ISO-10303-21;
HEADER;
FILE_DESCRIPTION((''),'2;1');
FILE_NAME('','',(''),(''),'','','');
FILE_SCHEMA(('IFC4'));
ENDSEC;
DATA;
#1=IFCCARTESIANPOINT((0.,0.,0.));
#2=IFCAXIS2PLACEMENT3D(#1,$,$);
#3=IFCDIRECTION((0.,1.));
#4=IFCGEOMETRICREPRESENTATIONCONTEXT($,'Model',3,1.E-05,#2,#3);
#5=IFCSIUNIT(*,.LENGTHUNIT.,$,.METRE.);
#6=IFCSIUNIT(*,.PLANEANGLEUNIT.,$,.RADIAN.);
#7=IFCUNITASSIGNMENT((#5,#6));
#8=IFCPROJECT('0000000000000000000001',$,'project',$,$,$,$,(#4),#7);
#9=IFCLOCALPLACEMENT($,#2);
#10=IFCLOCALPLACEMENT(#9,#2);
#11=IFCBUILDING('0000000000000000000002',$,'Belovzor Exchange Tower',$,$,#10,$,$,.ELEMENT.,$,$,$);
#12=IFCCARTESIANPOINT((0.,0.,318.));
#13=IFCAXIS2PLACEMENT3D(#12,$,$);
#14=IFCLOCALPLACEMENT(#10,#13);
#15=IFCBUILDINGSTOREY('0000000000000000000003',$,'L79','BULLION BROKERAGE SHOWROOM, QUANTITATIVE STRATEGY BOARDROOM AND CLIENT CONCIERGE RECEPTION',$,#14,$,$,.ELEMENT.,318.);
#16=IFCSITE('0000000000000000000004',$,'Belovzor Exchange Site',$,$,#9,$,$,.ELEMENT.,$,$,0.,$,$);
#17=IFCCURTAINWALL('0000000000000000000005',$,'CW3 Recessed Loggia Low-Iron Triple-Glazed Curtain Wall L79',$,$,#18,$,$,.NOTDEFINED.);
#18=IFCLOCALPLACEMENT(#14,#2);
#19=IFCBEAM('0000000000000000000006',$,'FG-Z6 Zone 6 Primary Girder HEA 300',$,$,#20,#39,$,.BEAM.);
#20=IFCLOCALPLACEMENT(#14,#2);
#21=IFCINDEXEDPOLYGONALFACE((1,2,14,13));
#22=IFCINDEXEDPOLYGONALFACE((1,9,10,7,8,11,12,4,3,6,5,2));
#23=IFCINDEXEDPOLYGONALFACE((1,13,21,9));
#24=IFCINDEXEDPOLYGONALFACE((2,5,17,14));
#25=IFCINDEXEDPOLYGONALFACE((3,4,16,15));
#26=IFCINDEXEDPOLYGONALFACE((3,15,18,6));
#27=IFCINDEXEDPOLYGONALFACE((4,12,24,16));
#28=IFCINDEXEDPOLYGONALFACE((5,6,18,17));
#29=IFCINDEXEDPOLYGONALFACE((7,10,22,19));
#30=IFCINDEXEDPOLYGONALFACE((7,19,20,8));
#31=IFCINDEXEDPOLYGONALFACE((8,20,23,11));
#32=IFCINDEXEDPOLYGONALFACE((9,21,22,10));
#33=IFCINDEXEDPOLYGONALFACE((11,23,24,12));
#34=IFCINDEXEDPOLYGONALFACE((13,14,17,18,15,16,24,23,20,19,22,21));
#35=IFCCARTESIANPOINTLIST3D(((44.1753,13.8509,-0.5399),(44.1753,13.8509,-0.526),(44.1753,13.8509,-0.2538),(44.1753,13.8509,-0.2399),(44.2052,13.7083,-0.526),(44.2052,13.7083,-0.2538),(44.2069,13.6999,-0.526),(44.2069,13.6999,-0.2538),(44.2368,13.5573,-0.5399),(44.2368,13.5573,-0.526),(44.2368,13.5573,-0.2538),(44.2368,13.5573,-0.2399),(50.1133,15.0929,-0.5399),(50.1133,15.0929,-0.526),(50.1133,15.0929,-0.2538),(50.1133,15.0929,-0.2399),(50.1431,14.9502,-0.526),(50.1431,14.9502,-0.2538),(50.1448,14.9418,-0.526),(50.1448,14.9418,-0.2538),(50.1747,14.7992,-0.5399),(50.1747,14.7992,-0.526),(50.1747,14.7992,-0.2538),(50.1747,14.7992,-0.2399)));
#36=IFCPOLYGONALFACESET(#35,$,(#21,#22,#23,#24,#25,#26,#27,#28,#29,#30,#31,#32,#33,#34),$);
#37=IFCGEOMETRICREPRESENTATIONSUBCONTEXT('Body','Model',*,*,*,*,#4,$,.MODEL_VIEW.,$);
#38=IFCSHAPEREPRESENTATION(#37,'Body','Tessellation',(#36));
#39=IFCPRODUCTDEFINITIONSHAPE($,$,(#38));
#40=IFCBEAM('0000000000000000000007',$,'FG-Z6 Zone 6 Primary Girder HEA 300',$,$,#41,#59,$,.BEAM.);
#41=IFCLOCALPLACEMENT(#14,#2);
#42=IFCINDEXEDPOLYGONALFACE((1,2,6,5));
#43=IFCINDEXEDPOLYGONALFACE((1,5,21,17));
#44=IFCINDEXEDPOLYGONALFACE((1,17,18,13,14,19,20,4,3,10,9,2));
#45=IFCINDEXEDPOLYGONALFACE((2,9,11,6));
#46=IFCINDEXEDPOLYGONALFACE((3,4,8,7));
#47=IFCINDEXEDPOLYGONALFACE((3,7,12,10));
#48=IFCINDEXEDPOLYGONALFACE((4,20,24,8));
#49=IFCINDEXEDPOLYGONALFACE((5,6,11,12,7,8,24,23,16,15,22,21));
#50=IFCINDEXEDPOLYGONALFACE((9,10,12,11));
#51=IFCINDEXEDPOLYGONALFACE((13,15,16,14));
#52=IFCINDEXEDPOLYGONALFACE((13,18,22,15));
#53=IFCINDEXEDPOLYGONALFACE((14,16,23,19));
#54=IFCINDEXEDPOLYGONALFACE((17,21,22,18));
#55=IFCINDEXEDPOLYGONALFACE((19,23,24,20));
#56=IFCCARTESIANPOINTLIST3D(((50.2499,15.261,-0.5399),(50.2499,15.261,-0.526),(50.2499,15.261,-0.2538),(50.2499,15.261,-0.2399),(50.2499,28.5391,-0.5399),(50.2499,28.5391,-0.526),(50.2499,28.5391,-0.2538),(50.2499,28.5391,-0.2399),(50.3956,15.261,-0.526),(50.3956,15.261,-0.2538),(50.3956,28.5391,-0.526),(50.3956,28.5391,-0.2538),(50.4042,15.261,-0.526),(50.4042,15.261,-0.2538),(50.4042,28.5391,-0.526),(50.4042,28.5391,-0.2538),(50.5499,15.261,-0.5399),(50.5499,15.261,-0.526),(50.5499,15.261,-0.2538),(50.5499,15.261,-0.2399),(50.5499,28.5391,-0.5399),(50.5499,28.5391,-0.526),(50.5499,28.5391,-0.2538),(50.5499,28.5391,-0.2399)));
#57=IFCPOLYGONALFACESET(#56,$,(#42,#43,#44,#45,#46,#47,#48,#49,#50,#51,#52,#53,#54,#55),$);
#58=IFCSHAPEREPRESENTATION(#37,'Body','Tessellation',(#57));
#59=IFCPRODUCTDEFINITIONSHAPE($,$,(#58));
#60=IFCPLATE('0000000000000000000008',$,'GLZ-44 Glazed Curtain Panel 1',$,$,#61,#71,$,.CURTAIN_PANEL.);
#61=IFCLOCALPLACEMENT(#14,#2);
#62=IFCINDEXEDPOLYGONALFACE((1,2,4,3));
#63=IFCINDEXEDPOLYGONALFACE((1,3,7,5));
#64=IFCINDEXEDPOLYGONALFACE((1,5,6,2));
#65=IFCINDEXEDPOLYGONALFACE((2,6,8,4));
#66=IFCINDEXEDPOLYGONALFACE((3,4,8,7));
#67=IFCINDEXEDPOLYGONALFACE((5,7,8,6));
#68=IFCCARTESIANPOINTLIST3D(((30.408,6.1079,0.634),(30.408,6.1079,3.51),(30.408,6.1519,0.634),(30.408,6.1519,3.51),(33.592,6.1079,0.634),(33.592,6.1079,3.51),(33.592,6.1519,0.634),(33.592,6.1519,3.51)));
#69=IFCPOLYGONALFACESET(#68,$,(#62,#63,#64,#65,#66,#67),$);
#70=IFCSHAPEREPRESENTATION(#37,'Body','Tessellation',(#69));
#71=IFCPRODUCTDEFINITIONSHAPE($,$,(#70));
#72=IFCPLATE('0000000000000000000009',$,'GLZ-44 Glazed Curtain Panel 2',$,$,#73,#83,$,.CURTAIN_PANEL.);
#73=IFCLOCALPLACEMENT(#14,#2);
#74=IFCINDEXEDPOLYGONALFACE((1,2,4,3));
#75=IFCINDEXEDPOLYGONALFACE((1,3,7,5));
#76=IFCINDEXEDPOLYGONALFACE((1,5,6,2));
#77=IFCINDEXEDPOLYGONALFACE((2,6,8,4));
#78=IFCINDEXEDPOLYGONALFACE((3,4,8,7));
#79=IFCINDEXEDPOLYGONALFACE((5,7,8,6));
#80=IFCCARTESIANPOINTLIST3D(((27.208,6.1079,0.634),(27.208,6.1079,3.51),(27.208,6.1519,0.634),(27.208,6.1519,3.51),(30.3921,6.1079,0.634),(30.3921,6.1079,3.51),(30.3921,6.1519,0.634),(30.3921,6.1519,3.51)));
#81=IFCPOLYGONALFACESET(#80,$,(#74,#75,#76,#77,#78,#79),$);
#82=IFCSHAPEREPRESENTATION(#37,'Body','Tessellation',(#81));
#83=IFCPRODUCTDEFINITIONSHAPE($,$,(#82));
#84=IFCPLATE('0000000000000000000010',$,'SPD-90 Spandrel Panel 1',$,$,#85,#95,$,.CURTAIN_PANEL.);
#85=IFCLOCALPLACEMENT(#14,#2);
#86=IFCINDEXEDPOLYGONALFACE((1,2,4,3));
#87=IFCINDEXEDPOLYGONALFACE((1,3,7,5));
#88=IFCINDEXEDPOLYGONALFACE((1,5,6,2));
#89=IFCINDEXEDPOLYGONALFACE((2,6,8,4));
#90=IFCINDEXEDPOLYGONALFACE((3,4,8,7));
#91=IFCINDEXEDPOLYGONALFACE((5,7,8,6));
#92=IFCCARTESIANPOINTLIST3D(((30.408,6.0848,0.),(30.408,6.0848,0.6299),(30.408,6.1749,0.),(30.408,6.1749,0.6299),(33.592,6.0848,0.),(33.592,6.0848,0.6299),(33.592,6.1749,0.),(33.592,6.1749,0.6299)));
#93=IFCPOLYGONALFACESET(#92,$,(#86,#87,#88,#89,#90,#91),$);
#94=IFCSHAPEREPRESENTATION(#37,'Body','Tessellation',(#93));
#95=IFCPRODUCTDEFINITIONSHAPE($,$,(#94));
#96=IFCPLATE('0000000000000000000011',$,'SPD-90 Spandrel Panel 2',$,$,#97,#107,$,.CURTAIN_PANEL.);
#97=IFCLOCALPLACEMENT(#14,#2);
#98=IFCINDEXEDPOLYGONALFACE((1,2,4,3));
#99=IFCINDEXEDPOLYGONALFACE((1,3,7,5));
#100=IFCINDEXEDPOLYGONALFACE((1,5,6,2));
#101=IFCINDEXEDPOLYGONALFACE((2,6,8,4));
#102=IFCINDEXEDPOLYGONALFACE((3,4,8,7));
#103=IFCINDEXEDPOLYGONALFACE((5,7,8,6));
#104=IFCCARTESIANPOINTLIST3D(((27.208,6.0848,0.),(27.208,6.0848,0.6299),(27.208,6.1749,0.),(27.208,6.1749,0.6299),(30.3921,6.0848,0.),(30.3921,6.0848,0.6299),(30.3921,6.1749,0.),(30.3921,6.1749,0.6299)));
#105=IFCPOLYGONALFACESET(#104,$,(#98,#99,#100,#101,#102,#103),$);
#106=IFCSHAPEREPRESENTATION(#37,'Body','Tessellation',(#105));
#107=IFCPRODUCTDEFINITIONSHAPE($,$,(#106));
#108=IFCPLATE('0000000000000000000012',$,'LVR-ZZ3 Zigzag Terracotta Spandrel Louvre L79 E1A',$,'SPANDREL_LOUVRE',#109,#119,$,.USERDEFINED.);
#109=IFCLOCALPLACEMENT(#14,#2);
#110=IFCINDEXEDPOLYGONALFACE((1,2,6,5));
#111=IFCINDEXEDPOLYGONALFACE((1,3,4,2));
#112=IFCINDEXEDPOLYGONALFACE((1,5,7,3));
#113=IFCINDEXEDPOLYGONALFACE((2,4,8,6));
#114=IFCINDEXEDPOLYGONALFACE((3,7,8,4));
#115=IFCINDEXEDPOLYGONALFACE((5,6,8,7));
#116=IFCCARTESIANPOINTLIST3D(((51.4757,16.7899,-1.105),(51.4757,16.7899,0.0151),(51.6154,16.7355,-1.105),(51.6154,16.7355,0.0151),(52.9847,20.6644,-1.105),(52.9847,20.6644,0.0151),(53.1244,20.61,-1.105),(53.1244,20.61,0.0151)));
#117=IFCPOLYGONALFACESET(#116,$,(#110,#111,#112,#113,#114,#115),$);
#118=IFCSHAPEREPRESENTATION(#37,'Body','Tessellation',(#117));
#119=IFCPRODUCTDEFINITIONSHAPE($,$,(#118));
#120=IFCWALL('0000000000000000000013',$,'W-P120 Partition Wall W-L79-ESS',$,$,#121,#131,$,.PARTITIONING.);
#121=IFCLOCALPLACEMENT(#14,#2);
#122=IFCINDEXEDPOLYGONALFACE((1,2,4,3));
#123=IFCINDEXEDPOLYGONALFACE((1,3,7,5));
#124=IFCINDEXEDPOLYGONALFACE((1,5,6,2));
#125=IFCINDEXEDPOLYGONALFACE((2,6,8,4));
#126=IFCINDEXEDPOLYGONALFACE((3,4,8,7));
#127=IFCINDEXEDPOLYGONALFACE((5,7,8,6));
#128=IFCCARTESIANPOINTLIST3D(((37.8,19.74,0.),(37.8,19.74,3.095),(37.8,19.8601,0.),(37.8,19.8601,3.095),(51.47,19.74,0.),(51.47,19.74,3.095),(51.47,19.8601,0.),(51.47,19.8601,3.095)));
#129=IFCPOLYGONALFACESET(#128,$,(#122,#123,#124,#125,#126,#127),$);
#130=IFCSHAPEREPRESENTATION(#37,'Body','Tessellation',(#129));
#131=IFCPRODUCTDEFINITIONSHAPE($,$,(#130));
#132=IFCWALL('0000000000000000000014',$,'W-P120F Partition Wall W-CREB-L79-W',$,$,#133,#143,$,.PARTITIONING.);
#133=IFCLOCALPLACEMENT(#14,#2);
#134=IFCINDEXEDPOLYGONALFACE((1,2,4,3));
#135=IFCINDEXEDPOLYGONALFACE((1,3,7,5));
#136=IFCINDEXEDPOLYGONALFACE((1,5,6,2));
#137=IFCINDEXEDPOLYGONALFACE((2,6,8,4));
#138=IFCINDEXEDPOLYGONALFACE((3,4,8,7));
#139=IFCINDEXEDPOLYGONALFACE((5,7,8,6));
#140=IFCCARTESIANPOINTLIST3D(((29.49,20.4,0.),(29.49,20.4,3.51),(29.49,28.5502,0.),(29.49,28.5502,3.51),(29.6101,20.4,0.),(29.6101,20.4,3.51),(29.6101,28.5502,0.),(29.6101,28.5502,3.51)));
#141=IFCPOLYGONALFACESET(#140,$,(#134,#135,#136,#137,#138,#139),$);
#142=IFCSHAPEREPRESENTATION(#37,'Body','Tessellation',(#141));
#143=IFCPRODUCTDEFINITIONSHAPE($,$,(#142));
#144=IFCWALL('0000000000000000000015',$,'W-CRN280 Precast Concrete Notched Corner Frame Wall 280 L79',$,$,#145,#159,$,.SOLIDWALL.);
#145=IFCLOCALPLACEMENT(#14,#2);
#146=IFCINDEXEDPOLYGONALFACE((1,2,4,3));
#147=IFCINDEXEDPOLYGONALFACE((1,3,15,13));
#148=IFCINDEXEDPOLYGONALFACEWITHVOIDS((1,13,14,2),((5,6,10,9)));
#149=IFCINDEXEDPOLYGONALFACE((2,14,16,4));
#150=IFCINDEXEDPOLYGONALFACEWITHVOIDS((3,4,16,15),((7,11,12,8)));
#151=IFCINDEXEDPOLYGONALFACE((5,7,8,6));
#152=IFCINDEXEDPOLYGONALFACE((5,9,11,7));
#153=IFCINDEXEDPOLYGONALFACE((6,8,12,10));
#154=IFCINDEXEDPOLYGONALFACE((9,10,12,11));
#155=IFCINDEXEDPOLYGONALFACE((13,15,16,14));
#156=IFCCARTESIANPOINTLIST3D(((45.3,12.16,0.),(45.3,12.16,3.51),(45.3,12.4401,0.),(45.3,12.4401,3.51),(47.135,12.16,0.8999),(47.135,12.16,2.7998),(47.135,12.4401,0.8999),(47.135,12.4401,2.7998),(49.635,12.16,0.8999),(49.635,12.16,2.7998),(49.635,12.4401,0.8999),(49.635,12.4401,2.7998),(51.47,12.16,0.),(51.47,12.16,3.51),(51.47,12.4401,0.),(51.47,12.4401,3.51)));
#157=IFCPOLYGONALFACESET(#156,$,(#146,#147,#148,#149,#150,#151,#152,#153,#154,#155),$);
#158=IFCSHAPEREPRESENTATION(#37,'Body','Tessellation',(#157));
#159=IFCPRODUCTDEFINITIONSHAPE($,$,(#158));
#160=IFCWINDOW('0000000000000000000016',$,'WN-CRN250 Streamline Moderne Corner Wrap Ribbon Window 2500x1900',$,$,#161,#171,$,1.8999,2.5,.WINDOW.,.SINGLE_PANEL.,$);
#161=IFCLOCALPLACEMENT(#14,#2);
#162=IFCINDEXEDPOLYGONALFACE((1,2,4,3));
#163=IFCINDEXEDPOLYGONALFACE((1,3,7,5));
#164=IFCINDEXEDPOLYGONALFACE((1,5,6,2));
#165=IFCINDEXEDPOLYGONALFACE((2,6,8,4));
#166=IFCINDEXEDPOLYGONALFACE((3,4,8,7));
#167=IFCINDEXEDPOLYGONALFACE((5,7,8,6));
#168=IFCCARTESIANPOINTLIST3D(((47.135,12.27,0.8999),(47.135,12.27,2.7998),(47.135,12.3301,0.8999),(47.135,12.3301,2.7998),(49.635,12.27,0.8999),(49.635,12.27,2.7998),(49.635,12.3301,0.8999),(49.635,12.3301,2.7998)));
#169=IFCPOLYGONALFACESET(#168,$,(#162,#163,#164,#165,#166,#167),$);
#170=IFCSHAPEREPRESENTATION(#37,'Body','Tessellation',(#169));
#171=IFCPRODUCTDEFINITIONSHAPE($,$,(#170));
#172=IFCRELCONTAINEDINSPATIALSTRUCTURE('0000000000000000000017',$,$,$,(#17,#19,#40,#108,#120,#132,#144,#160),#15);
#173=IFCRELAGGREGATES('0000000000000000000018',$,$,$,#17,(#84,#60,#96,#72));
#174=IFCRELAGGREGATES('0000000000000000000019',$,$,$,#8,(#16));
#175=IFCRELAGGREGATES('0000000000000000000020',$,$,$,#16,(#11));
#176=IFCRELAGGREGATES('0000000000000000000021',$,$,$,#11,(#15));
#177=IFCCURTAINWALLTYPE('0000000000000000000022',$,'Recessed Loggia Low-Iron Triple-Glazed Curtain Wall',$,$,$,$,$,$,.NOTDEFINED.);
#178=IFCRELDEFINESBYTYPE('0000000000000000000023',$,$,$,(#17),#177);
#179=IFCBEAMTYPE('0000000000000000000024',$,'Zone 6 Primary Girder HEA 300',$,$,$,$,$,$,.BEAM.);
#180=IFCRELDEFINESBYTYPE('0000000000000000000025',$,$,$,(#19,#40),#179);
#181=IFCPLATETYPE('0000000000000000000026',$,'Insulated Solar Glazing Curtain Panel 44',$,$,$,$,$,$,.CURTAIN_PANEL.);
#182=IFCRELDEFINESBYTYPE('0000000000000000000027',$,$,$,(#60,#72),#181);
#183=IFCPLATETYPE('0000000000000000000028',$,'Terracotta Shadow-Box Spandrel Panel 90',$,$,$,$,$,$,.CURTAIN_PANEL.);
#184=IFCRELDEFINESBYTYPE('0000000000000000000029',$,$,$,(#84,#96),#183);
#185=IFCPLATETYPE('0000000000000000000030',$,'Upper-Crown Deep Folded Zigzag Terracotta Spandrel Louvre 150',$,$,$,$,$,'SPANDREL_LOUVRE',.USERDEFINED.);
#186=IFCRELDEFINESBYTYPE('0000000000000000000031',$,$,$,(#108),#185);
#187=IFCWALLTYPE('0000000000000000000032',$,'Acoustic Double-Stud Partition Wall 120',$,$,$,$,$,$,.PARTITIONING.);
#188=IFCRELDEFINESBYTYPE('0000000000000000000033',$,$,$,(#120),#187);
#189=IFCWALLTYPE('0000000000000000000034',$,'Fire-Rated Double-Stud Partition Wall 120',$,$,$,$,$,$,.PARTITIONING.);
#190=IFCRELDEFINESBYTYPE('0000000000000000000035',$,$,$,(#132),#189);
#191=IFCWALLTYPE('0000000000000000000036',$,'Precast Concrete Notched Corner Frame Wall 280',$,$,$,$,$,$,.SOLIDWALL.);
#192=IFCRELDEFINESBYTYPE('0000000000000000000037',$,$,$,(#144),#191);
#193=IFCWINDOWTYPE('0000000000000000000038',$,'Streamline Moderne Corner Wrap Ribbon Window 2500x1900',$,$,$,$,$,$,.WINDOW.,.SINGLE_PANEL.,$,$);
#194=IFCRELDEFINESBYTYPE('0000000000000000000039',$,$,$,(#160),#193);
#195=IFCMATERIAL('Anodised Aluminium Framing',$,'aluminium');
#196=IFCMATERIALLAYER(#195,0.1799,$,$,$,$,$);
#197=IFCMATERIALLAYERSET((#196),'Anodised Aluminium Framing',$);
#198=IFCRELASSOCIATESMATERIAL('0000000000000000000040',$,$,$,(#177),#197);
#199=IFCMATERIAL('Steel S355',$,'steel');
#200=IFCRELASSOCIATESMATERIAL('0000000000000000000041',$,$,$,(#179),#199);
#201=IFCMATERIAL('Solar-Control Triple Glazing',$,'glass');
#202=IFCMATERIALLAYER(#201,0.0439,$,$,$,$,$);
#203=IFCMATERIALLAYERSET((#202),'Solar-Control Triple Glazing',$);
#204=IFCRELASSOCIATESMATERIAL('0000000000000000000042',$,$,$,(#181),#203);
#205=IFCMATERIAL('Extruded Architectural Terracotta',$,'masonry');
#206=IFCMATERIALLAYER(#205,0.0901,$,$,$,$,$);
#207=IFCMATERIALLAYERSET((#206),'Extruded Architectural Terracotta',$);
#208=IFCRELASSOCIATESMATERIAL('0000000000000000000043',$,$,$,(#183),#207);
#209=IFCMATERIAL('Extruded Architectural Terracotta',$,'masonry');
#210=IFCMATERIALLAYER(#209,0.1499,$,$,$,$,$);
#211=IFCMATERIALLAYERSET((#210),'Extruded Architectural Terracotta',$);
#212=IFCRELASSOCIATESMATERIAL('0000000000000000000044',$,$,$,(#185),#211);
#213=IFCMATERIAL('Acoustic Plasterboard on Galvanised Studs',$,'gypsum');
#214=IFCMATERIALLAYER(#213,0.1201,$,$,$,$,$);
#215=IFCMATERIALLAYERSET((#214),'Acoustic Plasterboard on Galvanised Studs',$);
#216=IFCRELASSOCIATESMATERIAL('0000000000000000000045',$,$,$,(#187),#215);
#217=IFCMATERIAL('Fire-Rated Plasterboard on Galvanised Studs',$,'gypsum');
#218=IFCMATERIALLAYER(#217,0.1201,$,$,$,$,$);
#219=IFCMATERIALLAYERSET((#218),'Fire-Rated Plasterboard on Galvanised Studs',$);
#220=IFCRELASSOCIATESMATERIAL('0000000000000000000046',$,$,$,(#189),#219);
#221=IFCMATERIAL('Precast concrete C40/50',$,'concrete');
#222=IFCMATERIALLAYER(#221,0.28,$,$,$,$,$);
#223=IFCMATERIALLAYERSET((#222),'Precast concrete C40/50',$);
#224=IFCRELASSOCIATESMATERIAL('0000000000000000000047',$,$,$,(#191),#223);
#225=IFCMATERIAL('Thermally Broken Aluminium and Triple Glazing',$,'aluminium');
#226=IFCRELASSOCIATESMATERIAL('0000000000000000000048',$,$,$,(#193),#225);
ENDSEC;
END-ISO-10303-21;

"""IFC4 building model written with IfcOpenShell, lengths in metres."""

from ifc_helpers import new_model, si_unit, direction, frame, frame_2d, origin, origin_2d, place, context, subcontext, project, spatial, rectangle, i_section, extrude, material, layer, layer_set, material_profile, profile_set, type_object, element, fill, aggregate, save


model = new_model("IFC4")

# Units and contexts
model_context = context("Model", 3, precision=1e-05, world=origin(), true_north=direction((0.0, 1.0)))
body_context = subcontext(model_context, "Body", "Model", "MODEL_VIEW")
ifc_project = project(units=[si_unit("LENGTHUNIT", "METRE"), si_unit("PLANEANGLEUNIT", "RADIAN")], contexts=[model_context])

# Site, building, storey
site_placement = place(None, origin())
site = spatial("IfcSite", under=ifc_project, at=site_placement, Name="Belovzor Exchange Site", CompositionType="ELEMENT", RefElevation=0.0)
building_placement = place(site_placement, origin())
building = spatial("IfcBuilding", under=site, at=building_placement, Name="Belovzor Exchange Tower", CompositionType="ELEMENT")
storey_placement = place(building_placement, frame((0.0, 0.0, 318.0)))
storey = spatial("IfcBuildingStorey", under=building, at=storey_placement, Name="L79", Description="BULLION BROKERAGE SHOWROOM, QUANTITATIVE STRATEGY BOARDROOM AND CLIENT CONCIERGE RECEPTION", CompositionType="ELEMENT", Elevation=318.0)

# Curtain wall
ifc_material_1 = material(Name="Anodised Aluminium Framing", Category="aluminium")
ifc_layer_1 = layer(ifc_material_1, 0.1799)
ifc_layer_set_1 = layer_set([ifc_layer_1], Name="Anodised Aluminium Framing")
curtain_wall_type = type_object("IfcCurtainWallType", Name="Recessed Loggia Low-Iron Triple-Glazed Curtain Wall", PredefinedType="NOTDEFINED", material=ifc_layer_set_1)
curtain_wall_placement = place(storey_placement, origin())
curtain_wall = element("IfcCurtainWall", 1, at=curtain_wall_placement, inside=storey, type_object=curtain_wall_type, Name="CW3 Recessed Loggia Low-Iron Triple-Glazed Curtain Wall L79", PredefinedType="NOTDEFINED")

# Beams
ifc_material_2 = material(Name="Steel S355", Category="steel")
ifc_material_profile_1 = material_profile(ifc_material_2, i_section(OverallWidth=0.3, OverallDepth=0.3, WebThickness=0.0085, FlangeThickness=0.0139, at=origin_2d()))
ifc_profile_set_1 = profile_set([ifc_material_profile_1], Name="Steel S355")
beam_type_1 = type_object("IfcBeamType", Name="Zone 6 Primary Girder HEA 300", PredefinedType="BEAM", material=ifc_profile_set_1)
for number, where, z_axis, x_axis, name in (
    (2, (44.2061, 13.7041, -0.3899), (0.97882, 0.204722, 0.0), (-0.204722, 0.97882, 0.0), "FG-Z6 Zone 6 Primary Girder HEA 300"),
):
    element("IfcBeam", number, at=place(storey_placement, frame(where, z_axis=z_axis, x_axis=x_axis)), inside=storey, type_object=beam_type_1, Name=name, PredefinedType="BEAM", context=body_context, shape_type="SweptSolid", body=[
        extrude(i_section(OverallWidth=0.3, OverallDepth=0.3, WebThickness=0.0085, FlangeThickness=0.0139, at=origin_2d()), origin(), (0.0, 0.0, 1.0), 6.0664),
    ])
beam_1_placement = place(storey_placement, frame((50.3999, 15.261, -0.3899), z_axis=(0.0, 1.0, 0.0), x_axis=(-1.0, 0.0, 0.0)))
element("IfcBeam", 3, at=beam_1_placement, inside=storey, type_object=beam_type_1, Name="FG-Z6 Zone 6 Primary Girder HEA 300", PredefinedType="BEAM", context=body_context, shape_type="SweptSolid", body=[
    extrude(i_section(OverallWidth=0.3, OverallDepth=0.3, WebThickness=0.0085, FlangeThickness=0.0139, at=origin_2d()), origin(), (0.0, 0.0, 1.0), 13.2781),
])

# Plates
ifc_material_3 = material(Name="Solar-Control Triple Glazing", Category="glass")
ifc_layer_2 = layer(ifc_material_3, 0.0439)
ifc_layer_set_2 = layer_set([ifc_layer_2], Name="Solar-Control Triple Glazing")
plate_type_1 = type_object("IfcPlateType", Name="Insulated Solar Glazing Curtain Panel 44", PredefinedType="CURTAIN_PANEL", material=ifc_layer_set_2)
plate_1_placement = place(storey_placement, frame((32.0, 6.1299, 0.634), z_axis=(0.0, 0.0, 1.0), x_axis=(-1.0, 0.0, 0.0)))
plate_1 = element("IfcPlate", 4, at=plate_1_placement, type_object=plate_type_1, Name="GLZ-44 Glazed Curtain Panel 1", PredefinedType="CURTAIN_PANEL", context=body_context, shape_type="SweptSolid", body=[
    extrude(rectangle(XDim=3.1841, YDim=0.0439, at=origin_2d()), origin(), (0.0, 0.0, 1.0), 2.876),
])
plate_2_placement = place(storey_placement, frame((28.8, 6.1299, 0.634), z_axis=(0.0, 0.0, 1.0), x_axis=(-1.0, 0.0, 0.0)))
plate_2 = element("IfcPlate", 5, at=plate_2_placement, type_object=plate_type_1, Name="GLZ-44 Glazed Curtain Panel 2", PredefinedType="CURTAIN_PANEL", context=body_context, shape_type="SweptSolid", body=[
    extrude(rectangle(XDim=3.1841, YDim=0.0439, at=origin_2d()), origin(), (0.0, 0.0, 1.0), 2.876),
])
ifc_material_4 = material(Name="Extruded Architectural Terracotta", Category="masonry")
ifc_layer_3 = layer(ifc_material_4, 0.0901)
ifc_layer_set_3 = layer_set([ifc_layer_3], Name="Extruded Architectural Terracotta")
plate_type_2 = type_object("IfcPlateType", Name="Terracotta Shadow-Box Spandrel Panel 90", PredefinedType="CURTAIN_PANEL", material=ifc_layer_set_3)
plate_3_placement = place(storey_placement, frame((32.0, 6.1299, 0.0), z_axis=(0.0, 0.0, 1.0), x_axis=(-1.0, 0.0, 0.0)))
plate_3 = element("IfcPlate", 6, at=plate_3_placement, type_object=plate_type_2, Name="SPD-90 Spandrel Panel 1", PredefinedType="CURTAIN_PANEL", context=body_context, shape_type="SweptSolid", body=[
    extrude(rectangle(XDim=3.1841, YDim=0.0901, at=origin_2d()), origin(), (0.0, 0.0, 1.0), 0.6299),
])
plate_4_placement = place(storey_placement, frame((28.8, 6.1299, 0.0), z_axis=(0.0, 0.0, 1.0), x_axis=(-1.0, 0.0, 0.0)))
plate_4 = element("IfcPlate", 7, at=plate_4_placement, type_object=plate_type_2, Name="SPD-90 Spandrel Panel 2", PredefinedType="CURTAIN_PANEL", context=body_context, shape_type="SweptSolid", body=[
    extrude(rectangle(XDim=3.1841, YDim=0.0901, at=origin_2d()), origin(), (0.0, 0.0, 1.0), 0.6299),
])
aggregate(curtain_wall, [plate_3, plate_1, plate_4, plate_2])
ifc_material_5 = material(Name="Extruded Architectural Terracotta", Category="masonry")
ifc_layer_4 = layer(ifc_material_5, 0.1499)
ifc_layer_set_4 = layer_set([ifc_layer_4], Name="Extruded Architectural Terracotta")
plate_type_3 = type_object("IfcPlateType", Name="Upper-Crown Deep Folded Zigzag Terracotta Spandrel Louvre 150", ElementType="SPANDREL_LOUVRE", PredefinedType="USERDEFINED", material=ifc_layer_set_4)
plate_5_placement = place(storey_placement, frame((52.3, 18.7, -1.105), z_axis=(0.0, 0.0, 1.0), x_axis=(0.362926, 0.931818, 0.0)))
element("IfcPlate", 8, at=plate_5_placement, inside=storey, type_object=plate_type_3, Name="LVR-ZZ3 Zigzag Terracotta Spandrel Louvre L79 E1A", ObjectType="SPANDREL_LOUVRE", PredefinedType="USERDEFINED", context=body_context, shape_type="SweptSolid", body=[
    extrude(rectangle(XDim=4.158, YDim=0.1499, at=origin_2d()), origin(), (0.0, 0.0, 1.0), 1.1201),
])

# Walls
ifc_material_6 = material(Name="Acoustic Plasterboard on Galvanised Studs", Category="gypsum")
ifc_layer_5 = layer(ifc_material_6, 0.1201)
ifc_layer_set_5 = layer_set([ifc_layer_5], Name="Acoustic Plasterboard on Galvanised Studs")
wall_type_1 = type_object("IfcWallType", Name="Acoustic Double-Stud Partition Wall 120", PredefinedType="PARTITIONING", material=ifc_layer_set_5)
wall_1_placement = place(storey_placement, frame((37.8, 19.8, 0.0), z_axis=(0.0, 0.0, 1.0), x_axis=(1.0, 0.0, 0.0)))
element("IfcWall", 9, at=wall_1_placement, inside=storey, type_object=wall_type_1, Name="W-P120 Partition Wall W-L79-ESS", PredefinedType="PARTITIONING", context=body_context, shape_type="SweptSolid", body=[
    extrude(rectangle(XDim=13.6699, YDim=0.1201, at=frame_2d((6.835, 0.0))), origin(), (0.0, 0.0, 1.0), 3.095),
])
ifc_material_7 = material(Name="Fire-Rated Plasterboard on Galvanised Studs", Category="gypsum")
ifc_layer_6 = layer(ifc_material_7, 0.1201)
ifc_layer_set_6 = layer_set([ifc_layer_6], Name="Fire-Rated Plasterboard on Galvanised Studs")
wall_type_2 = type_object("IfcWallType", Name="Fire-Rated Double-Stud Partition Wall 120", PredefinedType="PARTITIONING", material=ifc_layer_set_6)
wall_2_placement = place(storey_placement, frame((29.55, 20.3999, 0.0), z_axis=(0.0, 0.0, 1.0), x_axis=(0.0, 1.0, 0.0)))
element("IfcWall", 10, at=wall_2_placement, inside=storey, type_object=wall_type_2, Name="W-P120F Partition Wall W-CREB-L79-W", PredefinedType="PARTITIONING", context=body_context, shape_type="SweptSolid", body=[
    extrude(rectangle(XDim=8.1501, YDim=0.1201, at=frame_2d((4.0752, 0.0))), origin(), (0.0, 0.0, 1.0), 3.51),
])

# Wall, opening, window
ifc_material_8 = material(Name="Precast concrete C40/50", Category="concrete")
ifc_layer_7 = layer(ifc_material_8, 0.28)
ifc_layer_set_7 = layer_set([ifc_layer_7], Name="Precast concrete C40/50")
wall_type_3 = type_object("IfcWallType", Name="Precast Concrete Notched Corner Frame Wall 280", PredefinedType="SOLIDWALL", material=ifc_layer_set_7)
wall_3_placement = place(storey_placement, frame((51.47, 12.3, 0.0), z_axis=(0.0, 0.0, 1.0), x_axis=(-1.0, 0.0, 0.0)))
wall_3 = element("IfcWall", 11, at=wall_3_placement, inside=storey, type_object=wall_type_3, Name="W-CRN280 Precast Concrete Notched Corner Frame Wall 280 L79", PredefinedType="SOLIDWALL", context=body_context, shape_type="SweptSolid", body=[
    extrude(rectangle(XDim=6.1699, YDim=0.28, at=frame_2d((3.085, 0.0))), origin(), (0.0, 0.0, 1.0), 3.51),
])
opening_1_placement = place(wall_3_placement, frame((1.835, 0.0, 0.8999)))
opening_1 = element("IfcOpeningElement", 12, at=opening_1_placement, cuts=wall_3, PredefinedType="OPENING", context=body_context, shape_type="SweptSolid", body=[
    extrude(rectangle(XDim=2.5, YDim=1.8999, at=frame_2d((1.25, 0.95))), frame((0.0, 0.1499, 0.0), z_axis=(0.0, -1.0, 0.0), x_axis=(1.0, 0.0, 0.0)), (0.0, 0.0, 1.0), 0.3),
])
ifc_material_9 = material(Name="Thermally Broken Aluminium and Triple Glazing", Category="aluminium")
window_type = type_object("IfcWindowType", Name="Streamline Moderne Corner Wrap Ribbon Window 2500x1900", PartitioningType="SINGLE_PANEL", PredefinedType="WINDOW", material=ifc_material_9)
window_1_placement = place(opening_1_placement, origin())
window_1 = element("IfcWindow", 13, at=window_1_placement, inside=storey, type_object=window_type, Name="WN-CRN250 Streamline Moderne Corner Wrap Ribbon Window 2500x1900", OverallHeight=1.8999, OverallWidth=2.5, PartitioningType="SINGLE_PANEL", PredefinedType="WINDOW", context=body_context, shape_type="SweptSolid", body=[
    extrude(rectangle(XDim=2.5, YDim=1.8999, at=frame_2d((1.25, 0.95))), frame((0.0, 0.03, 0.0), z_axis=(0.0, -1.0, 0.0), x_axis=(1.0, 0.0, 0.0)), (0.0, 0.0, 1.0), 0.0601),
])
fill(opening_1, window_1)

save(model, "model.ifc")
